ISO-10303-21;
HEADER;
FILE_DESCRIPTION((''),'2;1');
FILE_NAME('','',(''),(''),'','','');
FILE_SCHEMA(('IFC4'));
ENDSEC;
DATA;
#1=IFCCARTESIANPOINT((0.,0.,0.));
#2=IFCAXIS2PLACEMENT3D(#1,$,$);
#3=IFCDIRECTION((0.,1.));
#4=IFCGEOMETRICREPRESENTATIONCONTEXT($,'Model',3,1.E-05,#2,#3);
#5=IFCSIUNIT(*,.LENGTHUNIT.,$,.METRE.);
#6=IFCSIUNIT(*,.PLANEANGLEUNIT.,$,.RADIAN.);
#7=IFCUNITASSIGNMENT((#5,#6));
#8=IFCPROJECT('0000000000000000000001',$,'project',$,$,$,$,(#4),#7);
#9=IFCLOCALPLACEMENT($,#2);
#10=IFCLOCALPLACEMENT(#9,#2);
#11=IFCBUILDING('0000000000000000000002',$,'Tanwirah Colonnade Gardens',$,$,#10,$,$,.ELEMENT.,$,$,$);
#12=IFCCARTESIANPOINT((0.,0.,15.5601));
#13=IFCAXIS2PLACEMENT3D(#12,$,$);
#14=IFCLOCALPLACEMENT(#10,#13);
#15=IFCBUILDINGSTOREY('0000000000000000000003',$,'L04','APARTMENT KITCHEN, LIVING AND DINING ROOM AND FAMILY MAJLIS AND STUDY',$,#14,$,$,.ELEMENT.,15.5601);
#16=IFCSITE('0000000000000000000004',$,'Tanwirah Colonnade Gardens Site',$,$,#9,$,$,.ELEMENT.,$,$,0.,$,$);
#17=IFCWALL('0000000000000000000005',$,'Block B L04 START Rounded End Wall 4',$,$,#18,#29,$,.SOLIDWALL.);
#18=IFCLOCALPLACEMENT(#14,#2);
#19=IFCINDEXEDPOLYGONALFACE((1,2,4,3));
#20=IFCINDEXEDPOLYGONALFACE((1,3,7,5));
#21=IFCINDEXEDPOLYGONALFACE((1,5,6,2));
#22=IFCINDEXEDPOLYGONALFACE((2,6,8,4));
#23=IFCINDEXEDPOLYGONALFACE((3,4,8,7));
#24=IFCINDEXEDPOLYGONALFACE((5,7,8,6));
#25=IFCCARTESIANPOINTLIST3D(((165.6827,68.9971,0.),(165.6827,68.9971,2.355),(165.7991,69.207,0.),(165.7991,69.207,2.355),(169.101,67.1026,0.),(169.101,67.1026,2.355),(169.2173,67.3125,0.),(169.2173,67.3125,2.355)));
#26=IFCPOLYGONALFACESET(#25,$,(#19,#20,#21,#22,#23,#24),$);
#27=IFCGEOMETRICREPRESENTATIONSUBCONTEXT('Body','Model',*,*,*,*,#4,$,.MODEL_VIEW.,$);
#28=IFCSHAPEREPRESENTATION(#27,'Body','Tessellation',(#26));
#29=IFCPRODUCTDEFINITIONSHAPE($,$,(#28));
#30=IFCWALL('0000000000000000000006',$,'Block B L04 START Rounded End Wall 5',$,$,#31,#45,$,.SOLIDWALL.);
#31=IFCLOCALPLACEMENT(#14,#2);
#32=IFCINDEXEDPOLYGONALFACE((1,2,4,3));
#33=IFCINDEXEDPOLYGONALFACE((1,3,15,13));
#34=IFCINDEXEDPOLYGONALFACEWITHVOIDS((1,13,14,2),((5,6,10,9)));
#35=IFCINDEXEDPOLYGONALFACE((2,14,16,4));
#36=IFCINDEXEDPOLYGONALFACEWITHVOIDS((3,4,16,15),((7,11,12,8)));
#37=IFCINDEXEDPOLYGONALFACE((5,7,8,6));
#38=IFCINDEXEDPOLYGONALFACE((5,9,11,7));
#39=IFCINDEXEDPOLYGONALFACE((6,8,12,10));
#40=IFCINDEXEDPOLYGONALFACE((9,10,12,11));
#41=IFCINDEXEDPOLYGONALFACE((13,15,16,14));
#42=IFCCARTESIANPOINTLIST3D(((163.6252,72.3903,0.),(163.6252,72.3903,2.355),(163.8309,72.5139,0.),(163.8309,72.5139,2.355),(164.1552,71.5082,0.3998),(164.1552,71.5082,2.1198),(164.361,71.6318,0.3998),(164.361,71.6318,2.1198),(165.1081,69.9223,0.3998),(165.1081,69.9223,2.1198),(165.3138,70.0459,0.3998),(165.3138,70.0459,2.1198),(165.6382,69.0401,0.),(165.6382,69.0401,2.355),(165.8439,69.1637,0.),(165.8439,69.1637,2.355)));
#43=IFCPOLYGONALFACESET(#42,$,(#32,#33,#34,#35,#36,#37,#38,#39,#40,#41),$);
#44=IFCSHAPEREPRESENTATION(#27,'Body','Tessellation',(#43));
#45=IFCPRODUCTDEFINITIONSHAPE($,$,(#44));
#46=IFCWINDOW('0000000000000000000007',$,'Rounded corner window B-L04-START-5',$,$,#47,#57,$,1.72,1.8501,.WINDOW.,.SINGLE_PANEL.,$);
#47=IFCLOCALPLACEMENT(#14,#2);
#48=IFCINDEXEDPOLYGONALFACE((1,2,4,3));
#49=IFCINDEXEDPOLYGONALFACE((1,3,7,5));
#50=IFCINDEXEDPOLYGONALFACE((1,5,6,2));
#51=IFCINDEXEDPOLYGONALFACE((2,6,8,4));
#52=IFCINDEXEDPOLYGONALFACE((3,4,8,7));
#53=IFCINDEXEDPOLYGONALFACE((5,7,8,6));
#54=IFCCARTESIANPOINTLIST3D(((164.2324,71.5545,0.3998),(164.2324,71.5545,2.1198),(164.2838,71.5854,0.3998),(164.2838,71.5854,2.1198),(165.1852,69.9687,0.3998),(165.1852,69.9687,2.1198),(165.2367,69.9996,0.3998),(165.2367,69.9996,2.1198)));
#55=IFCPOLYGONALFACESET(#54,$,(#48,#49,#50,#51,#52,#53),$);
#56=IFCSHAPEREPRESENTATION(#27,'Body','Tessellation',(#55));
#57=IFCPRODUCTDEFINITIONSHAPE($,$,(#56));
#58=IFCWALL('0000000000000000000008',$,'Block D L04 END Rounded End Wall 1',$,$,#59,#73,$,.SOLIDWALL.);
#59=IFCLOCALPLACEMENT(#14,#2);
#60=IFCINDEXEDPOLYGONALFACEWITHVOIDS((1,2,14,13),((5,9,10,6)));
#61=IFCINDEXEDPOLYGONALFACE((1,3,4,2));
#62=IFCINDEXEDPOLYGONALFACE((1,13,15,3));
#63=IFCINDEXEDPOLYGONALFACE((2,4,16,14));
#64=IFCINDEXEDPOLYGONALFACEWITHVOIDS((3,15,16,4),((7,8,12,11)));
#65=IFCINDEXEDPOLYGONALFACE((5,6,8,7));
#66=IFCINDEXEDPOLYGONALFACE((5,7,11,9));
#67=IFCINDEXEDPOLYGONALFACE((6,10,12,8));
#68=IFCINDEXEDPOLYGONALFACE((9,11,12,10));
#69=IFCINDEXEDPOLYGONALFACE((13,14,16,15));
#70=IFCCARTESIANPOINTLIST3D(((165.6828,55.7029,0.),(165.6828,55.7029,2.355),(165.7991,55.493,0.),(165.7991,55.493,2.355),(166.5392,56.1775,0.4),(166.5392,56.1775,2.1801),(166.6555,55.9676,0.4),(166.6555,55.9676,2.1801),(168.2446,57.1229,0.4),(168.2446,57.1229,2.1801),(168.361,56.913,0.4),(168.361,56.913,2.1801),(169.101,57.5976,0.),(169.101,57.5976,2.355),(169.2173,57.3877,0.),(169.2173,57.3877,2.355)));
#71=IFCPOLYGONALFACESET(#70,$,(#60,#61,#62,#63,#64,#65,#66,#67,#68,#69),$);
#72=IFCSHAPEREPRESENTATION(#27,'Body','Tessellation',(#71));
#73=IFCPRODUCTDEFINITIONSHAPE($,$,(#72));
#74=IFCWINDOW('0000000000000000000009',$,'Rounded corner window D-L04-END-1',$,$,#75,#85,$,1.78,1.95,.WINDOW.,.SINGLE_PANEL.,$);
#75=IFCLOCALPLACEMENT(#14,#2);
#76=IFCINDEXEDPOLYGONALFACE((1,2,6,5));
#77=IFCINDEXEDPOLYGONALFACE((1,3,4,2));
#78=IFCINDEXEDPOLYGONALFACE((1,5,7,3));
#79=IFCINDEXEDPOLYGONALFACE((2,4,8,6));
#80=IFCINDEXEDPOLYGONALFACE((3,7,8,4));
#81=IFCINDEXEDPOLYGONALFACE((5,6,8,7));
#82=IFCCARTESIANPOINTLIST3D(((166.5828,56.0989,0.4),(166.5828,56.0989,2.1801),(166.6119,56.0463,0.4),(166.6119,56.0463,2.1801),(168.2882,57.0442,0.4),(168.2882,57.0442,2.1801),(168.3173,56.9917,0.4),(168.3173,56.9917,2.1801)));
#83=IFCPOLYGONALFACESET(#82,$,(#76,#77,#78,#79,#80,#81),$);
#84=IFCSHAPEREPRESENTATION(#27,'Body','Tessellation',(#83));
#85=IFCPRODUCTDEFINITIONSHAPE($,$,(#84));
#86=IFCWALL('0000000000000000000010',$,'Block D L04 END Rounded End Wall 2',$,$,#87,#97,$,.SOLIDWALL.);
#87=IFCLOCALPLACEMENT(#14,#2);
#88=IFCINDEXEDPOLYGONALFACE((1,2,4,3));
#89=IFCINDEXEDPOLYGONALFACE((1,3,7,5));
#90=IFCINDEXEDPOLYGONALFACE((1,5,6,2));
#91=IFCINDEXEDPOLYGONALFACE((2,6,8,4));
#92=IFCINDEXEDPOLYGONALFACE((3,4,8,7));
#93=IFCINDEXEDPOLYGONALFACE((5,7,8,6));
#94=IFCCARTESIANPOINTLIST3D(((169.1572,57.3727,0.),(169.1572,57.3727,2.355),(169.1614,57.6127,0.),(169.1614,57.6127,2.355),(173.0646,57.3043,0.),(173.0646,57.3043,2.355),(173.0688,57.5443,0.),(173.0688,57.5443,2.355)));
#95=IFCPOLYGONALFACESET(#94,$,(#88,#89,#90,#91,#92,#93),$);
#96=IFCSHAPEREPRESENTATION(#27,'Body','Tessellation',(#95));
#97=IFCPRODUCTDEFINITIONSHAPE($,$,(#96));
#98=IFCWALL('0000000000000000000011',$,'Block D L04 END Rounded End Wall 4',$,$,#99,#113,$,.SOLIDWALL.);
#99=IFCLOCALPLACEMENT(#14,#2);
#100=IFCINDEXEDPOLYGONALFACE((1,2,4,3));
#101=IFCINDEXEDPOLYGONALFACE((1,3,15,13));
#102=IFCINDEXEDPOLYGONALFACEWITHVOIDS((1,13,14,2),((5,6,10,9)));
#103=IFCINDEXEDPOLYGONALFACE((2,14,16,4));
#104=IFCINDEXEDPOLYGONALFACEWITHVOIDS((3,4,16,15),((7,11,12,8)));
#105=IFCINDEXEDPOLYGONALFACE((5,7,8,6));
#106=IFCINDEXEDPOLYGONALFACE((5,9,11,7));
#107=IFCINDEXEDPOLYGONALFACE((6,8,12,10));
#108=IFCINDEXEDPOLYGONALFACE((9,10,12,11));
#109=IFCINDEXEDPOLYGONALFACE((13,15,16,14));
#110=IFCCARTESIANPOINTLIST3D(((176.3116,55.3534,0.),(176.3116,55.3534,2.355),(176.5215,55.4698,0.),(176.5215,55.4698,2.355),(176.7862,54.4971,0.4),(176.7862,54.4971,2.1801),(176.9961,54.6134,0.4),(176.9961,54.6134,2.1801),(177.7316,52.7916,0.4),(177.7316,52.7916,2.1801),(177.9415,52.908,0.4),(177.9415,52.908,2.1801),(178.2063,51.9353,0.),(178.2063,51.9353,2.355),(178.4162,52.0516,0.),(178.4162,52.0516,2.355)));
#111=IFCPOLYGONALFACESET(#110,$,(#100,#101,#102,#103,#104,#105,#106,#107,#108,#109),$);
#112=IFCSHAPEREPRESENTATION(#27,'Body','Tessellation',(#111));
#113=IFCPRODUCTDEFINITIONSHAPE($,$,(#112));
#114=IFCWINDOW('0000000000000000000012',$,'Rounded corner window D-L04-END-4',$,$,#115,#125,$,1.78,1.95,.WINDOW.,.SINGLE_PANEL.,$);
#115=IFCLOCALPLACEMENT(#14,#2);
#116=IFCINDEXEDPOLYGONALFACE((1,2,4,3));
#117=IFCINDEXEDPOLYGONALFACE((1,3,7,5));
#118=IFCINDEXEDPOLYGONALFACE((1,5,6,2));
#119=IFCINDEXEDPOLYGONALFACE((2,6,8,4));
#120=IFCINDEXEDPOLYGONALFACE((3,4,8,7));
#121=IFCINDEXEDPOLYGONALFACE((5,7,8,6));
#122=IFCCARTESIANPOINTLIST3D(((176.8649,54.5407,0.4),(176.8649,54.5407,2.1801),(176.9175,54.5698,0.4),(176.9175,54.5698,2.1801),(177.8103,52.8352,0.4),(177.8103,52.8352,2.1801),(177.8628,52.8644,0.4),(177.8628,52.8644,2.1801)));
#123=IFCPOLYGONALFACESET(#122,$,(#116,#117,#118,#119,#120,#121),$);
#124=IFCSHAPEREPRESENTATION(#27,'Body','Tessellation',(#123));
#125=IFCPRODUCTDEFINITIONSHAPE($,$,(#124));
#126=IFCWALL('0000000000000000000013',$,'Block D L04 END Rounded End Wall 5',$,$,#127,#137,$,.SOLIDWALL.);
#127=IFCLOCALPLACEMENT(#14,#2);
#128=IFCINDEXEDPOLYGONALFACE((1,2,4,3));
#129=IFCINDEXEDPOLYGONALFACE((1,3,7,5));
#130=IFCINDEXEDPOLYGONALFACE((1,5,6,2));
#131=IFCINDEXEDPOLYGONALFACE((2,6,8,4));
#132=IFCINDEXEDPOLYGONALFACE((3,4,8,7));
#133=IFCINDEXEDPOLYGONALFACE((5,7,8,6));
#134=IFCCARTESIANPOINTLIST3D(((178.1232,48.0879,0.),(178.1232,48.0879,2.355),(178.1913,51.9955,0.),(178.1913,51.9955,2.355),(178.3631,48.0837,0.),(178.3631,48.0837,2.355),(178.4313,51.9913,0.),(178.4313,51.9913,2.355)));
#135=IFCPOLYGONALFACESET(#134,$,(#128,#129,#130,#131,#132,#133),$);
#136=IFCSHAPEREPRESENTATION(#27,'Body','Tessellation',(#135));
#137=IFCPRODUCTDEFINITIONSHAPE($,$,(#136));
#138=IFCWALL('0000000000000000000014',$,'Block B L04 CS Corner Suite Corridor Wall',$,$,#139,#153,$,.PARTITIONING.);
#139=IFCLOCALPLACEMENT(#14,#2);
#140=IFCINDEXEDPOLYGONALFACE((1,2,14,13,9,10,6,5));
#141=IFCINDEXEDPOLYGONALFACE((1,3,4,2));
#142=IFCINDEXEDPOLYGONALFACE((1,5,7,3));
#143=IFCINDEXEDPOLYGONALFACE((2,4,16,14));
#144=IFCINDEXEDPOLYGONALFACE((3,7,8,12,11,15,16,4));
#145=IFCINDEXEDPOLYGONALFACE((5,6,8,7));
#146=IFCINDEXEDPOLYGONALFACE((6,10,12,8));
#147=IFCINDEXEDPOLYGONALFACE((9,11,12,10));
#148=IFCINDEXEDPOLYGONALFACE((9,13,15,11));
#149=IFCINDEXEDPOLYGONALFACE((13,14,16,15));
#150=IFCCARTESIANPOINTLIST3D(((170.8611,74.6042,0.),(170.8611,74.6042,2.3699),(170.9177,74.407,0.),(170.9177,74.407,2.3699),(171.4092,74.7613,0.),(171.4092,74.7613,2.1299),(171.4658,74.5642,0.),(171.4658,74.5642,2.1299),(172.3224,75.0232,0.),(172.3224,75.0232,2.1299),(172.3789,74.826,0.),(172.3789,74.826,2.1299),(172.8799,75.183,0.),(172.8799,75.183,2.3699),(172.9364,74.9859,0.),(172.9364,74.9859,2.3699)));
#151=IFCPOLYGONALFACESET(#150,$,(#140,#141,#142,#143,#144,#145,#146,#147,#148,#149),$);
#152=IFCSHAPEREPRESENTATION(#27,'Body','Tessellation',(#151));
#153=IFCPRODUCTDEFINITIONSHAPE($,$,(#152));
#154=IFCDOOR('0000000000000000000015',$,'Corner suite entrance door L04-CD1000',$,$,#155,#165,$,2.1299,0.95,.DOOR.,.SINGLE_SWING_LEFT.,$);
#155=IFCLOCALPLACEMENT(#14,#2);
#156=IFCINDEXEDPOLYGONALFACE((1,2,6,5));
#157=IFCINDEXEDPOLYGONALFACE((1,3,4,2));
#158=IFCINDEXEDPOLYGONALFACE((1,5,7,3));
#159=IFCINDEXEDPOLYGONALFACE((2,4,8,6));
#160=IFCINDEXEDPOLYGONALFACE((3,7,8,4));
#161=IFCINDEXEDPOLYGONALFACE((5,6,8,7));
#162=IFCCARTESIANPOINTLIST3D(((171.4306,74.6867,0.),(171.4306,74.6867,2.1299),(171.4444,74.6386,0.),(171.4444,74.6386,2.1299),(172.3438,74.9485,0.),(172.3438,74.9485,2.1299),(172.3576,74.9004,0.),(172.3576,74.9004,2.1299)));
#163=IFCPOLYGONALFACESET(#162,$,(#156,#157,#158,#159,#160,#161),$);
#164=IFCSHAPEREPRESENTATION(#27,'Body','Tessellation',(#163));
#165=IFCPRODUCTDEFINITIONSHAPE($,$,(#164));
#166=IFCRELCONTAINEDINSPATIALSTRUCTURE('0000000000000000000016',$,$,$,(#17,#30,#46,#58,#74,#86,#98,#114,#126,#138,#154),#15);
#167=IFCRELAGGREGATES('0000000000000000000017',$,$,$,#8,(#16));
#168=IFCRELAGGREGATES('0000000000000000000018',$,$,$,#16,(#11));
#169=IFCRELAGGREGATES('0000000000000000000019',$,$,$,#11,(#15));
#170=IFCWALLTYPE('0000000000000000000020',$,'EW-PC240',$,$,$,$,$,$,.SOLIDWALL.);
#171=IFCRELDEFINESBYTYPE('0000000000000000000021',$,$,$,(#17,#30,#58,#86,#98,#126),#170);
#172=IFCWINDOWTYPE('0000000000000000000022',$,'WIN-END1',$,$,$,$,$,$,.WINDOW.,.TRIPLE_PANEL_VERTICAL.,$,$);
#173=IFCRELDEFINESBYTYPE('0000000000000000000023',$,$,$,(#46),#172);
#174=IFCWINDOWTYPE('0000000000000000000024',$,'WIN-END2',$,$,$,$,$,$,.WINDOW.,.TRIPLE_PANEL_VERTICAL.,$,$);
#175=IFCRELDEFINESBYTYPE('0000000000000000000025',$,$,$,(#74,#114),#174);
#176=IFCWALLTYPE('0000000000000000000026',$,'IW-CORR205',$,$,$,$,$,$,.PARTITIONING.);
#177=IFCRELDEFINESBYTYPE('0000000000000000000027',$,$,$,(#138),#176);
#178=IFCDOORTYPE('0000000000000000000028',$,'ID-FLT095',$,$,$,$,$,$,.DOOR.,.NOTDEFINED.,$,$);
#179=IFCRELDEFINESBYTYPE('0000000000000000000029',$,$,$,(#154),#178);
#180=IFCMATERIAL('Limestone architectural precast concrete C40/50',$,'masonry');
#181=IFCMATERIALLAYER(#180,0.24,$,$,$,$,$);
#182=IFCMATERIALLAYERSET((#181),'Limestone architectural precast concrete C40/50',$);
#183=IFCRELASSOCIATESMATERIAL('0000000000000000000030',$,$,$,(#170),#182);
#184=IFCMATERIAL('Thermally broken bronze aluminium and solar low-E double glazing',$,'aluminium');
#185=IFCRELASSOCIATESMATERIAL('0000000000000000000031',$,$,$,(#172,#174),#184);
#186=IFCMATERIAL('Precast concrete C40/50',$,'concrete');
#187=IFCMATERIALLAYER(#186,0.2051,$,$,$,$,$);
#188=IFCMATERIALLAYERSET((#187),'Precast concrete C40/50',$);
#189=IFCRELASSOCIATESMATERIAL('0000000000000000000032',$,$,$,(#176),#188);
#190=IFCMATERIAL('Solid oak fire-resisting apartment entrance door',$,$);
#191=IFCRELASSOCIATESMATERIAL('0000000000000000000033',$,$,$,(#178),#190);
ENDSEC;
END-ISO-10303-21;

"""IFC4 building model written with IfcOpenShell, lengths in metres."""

from ifc_helpers import new_model, si_unit, direction, frame, frame_2d, origin, place, context, subcontext, project, spatial, rectangle, extrude, material, layer, layer_set, type_object, element, fill, save


model = new_model("IFC4")

# Units and contexts
model_context = context("Model", 3, precision=1e-05, world=origin(), true_north=direction((0.0, 1.0)))
body_context = subcontext(model_context, "Body", "Model", "MODEL_VIEW")
ifc_project = project(units=[si_unit("LENGTHUNIT", "METRE"), si_unit("PLANEANGLEUNIT", "RADIAN")], contexts=[model_context])

# Site, building, storey
site_placement = place(None, origin())
site = spatial("IfcSite", under=ifc_project, at=site_placement, Name="Tanwirah Colonnade Gardens Site", CompositionType="ELEMENT", RefElevation=0.0)
building_placement = place(site_placement, origin())
building = spatial("IfcBuilding", under=site, at=building_placement, Name="Tanwirah Colonnade Gardens", CompositionType="ELEMENT")
storey_placement = place(building_placement, frame((0.0, 0.0, 15.5601)))
storey = spatial("IfcBuildingStorey", under=building, at=storey_placement, Name="L04", Description="APARTMENT KITCHEN, LIVING AND DINING ROOM AND FAMILY MAJLIS AND STUDY", CompositionType="ELEMENT", Elevation=15.5601)

# Shared definitions
ifc_material_1 = material(Name="Precast concrete C40/50", Category="concrete")

# Shared definitions
ifc_material_2 = material(Name="Limestone architectural precast concrete C40/50", Category="masonry")
ifc_layer_1 = layer(ifc_material_2, 0.24)
ifc_layer_set_1 = layer_set([ifc_layer_1], Name="Limestone architectural precast concrete C40/50")
wall_type_1 = type_object("IfcWallType", Name="EW-PC240", PredefinedType="SOLIDWALL", material=ifc_layer_set_1)
ifc_material_3 = material(Name="Thermally broken bronze aluminium and solar low-E double glazing", Category="aluminium")

# Shared definitions
window_type_1 = type_object("IfcWindowType", Name="WIN-END1", PartitioningType="TRIPLE_PANEL_VERTICAL", PredefinedType="WINDOW", material=ifc_material_3)

# Wall
wall_1_placement = place(storey_placement, frame((169.1592, 67.2075, 0.0), z_axis=(0.0, 0.0, 1.0), x_axis=(-0.874643, 0.484768, 0.0)))
element("IfcWall", 1, at=wall_1_placement, inside=storey, type_object=wall_type_1, Name="Block B L04 START Rounded End Wall 4", PredefinedType="SOLIDWALL", context=body_context, shape_type="SweptSolid", body=[
    extrude(rectangle(XDim=3.9082, YDim=0.24, at=frame_2d((1.9541, 0.0))), origin(), (0.0, 0.0, 1.0), 2.355),
])

# Walls, openings, windows
wall_2_placement = place(storey_placement, frame((165.741, 69.1021, 0.0), z_axis=(0.0, 0.0, 1.0), x_axis=(-0.515038, 0.857168, 0.0)))
wall_2 = element("IfcWall", 2, at=wall_2_placement, inside=storey, type_object=wall_type_1, Name="Block B L04 START Rounded End Wall 5", PredefinedType="SOLIDWALL", context=body_context, shape_type="SweptSolid", body=[
    extrude(rectangle(XDim=3.9084, YDim=0.24, at=frame_2d((1.9541, 0.0))), origin(), (0.0, 0.0, 1.0), 2.355),
])
opening_1_placement = place(wall_2_placement, frame((1.0291, 0.0, 0.3999)))
opening_1 = element("IfcOpeningElement", 3, at=opening_1_placement, cuts=wall_2, PredefinedType="OPENING", context=body_context, shape_type="SweptSolid", body=[
    extrude(rectangle(XDim=1.8501, YDim=1.72, at=frame_2d((0.925, 0.8599))), frame((0.0, 0.1299, 0.0), z_axis=(0.0, -1.0, 0.0), x_axis=(1.0, 0.0, 0.0)), (0.0, 0.0, 1.0), 0.26),
])
window_1_placement = place(opening_1_placement, origin())
window_1 = element("IfcWindow", 4, at=window_1_placement, inside=storey, type_object=window_type_1, Name="Rounded corner window B-L04-START-5", OverallHeight=1.72, OverallWidth=1.8501, PartitioningType="SINGLE_PANEL", PredefinedType="WINDOW", context=body_context, shape_type="SweptSolid", body=[
    extrude(rectangle(XDim=1.8501, YDim=1.72, at=frame_2d((0.925, 0.8599))), frame((0.0, 0.03, 0.0), z_axis=(0.0, -1.0, 0.0), x_axis=(1.0, 0.0, 0.0)), (0.0, 0.0, 1.0), 0.0601),
])
fill(opening_1, window_1)
wall_3_placement = place(storey_placement, frame((165.741, 55.5979, 0.0), z_axis=(0.0, 0.0, 1.0), x_axis=(0.874617, 0.484815, 0.0)))
wall_3 = element("IfcWall", 5, at=wall_3_placement, inside=storey, type_object=wall_type_1, Name="Block D L04 END Rounded End Wall 1", PredefinedType="SOLIDWALL", context=body_context, shape_type="SweptSolid", body=[
    extrude(rectangle(XDim=3.9082, YDim=0.24, at=frame_2d((1.9541, 0.0))), origin(), (0.0, 0.0, 1.0), 2.355),
])
opening_2_placement = place(wall_3_placement, frame((0.979, 0.0, 0.3999)))
opening_2 = element("IfcOpeningElement", 6, at=opening_2_placement, cuts=wall_3, PredefinedType="OPENING", context=body_context, shape_type="SweptSolid", body=[
    extrude(rectangle(XDim=1.95, YDim=1.78, at=frame_2d((0.9751, 0.8901))), frame((0.0, 0.1299, 0.0), z_axis=(0.0, -1.0, 0.0), x_axis=(1.0, 0.0, 0.0)), (0.0, 0.0, 1.0), 0.26),
])
window_type_2 = type_object("IfcWindowType", Name="WIN-END2", PartitioningType="TRIPLE_PANEL_VERTICAL", PredefinedType="WINDOW", material=ifc_material_3)
window_2_placement = place(opening_2_placement, origin())
window_2 = element("IfcWindow", 7, at=window_2_placement, inside=storey, type_object=window_type_2, Name="Rounded corner window D-L04-END-1", OverallHeight=1.78, OverallWidth=1.95, PartitioningType="SINGLE_PANEL", PredefinedType="WINDOW", context=body_context, shape_type="SweptSolid", body=[
    extrude(rectangle(XDim=1.95, YDim=1.78, at=frame_2d((0.9751, 0.8901))), frame((0.0, 0.03, 0.0), z_axis=(0.0, -1.0, 0.0), x_axis=(1.0, 0.0, 0.0)), (0.0, 0.0, 1.0), 0.0601),
])
fill(opening_2, window_2)

# Wall
wall_4_placement = place(storey_placement, frame((169.1592, 57.4927, 0.0), z_axis=(0.0, 0.0, 1.0), x_axis=(0.999847, -0.017492, 0.0)))
element("IfcWall", 8, at=wall_4_placement, inside=storey, type_object=wall_type_1, Name="Block D L04 END Rounded End Wall 2", PredefinedType="SOLIDWALL", context=body_context, shape_type="SweptSolid", body=[
    extrude(rectangle(XDim=3.908, YDim=0.24, at=frame_2d((1.9541, 0.0))), origin(), (0.0, 0.0, 1.0), 2.355),
])

# Wall, opening, window
wall_5_placement = place(storey_placement, frame((176.4165, 55.4116, 0.0), z_axis=(0.0, 0.0, 1.0), x_axis=(0.484815, -0.874617, 0.0)))
wall_5 = element("IfcWall", 9, at=wall_5_placement, inside=storey, type_object=wall_type_1, Name="Block D L04 END Rounded End Wall 4", PredefinedType="SOLIDWALL", context=body_context, shape_type="SweptSolid", body=[
    extrude(rectangle(XDim=3.9082, YDim=0.24, at=frame_2d((1.9541, 0.0))), origin(), (0.0, 0.0, 1.0), 2.355),
])
opening_3_placement = place(wall_5_placement, frame((0.979, 0.0, 0.3999)))
opening_3 = element("IfcOpeningElement", 10, at=opening_3_placement, cuts=wall_5, PredefinedType="OPENING", context=body_context, shape_type="SweptSolid", body=[
    extrude(rectangle(XDim=1.95, YDim=1.78, at=frame_2d((0.9751, 0.8901))), frame((0.0, 0.1299, 0.0), z_axis=(0.0, -1.0, 0.0), x_axis=(1.0, 0.0, 0.0)), (0.0, 0.0, 1.0), 0.26),
])
window_3_placement = place(opening_3_placement, origin())
window_3 = element("IfcWindow", 11, at=window_3_placement, inside=storey, type_object=window_type_2, Name="Rounded corner window D-L04-END-4", OverallHeight=1.78, OverallWidth=1.95, PartitioningType="SINGLE_PANEL", PredefinedType="WINDOW", context=body_context, shape_type="SweptSolid", body=[
    extrude(rectangle(XDim=1.95, YDim=1.78, at=frame_2d((0.9751, 0.8901))), frame((0.0, 0.03, 0.0), z_axis=(0.0, -1.0, 0.0), x_axis=(1.0, 0.0, 0.0)), (0.0, 0.0, 1.0), 0.0601),
])
fill(opening_3, window_3)

# Wall
wall_6_placement = place(storey_placement, frame((178.3113, 51.9934, 0.0), z_axis=(0.0, 0.0, 1.0), x_axis=(-0.017428, -0.999848, 0.0)))
element("IfcWall", 12, at=wall_6_placement, inside=storey, type_object=wall_type_1, Name="Block D L04 END Rounded End Wall 5", PredefinedType="SOLIDWALL", context=body_context, shape_type="SweptSolid", body=[
    extrude(rectangle(XDim=3.9082, YDim=0.24, at=frame_2d((1.9541, 0.0))), origin(), (0.0, 0.0, 1.0), 2.355),
])

# Wall, opening, door
ifc_layer_2 = layer(ifc_material_1, 0.2051)
ifc_layer_set_2 = layer_set([ifc_layer_2], Name="Precast concrete C40/50")
wall_type_2 = type_object("IfcWallType", Name="IW-CORR205", PredefinedType="PARTITIONING", material=ifc_layer_set_2)
wall_7_placement = place(storey_placement, frame((170.8894, 74.5056, 0.0), z_axis=(0.0, 0.0, 1.0), x_axis=(0.961265, 0.275627, 0.0)))
wall_7 = element("IfcWall", 13, at=wall_7_placement, inside=storey, type_object=wall_type_2, Name="Block B L04 CS Corner Suite Corridor Wall", PredefinedType="PARTITIONING", context=body_context, shape_type="SweptSolid", body=[
    extrude(rectangle(XDim=2.1001, YDim=0.2051, at=frame_2d((1.05, 0.0))), origin(), (0.0, 0.0, 1.0), 2.3699),
])
opening_4_placement = place(wall_7_placement, frame((0.5701, 0.0, 0.0)))
opening_4 = element("IfcOpeningElement", 14, at=opening_4_placement, cuts=wall_7, PredefinedType="OPENING", context=body_context, shape_type="SweptSolid", body=[
    extrude(rectangle(XDim=0.95, YDim=2.1299, at=frame_2d((0.4751, 1.0649))), frame((0.0, 0.1125, 0.0), z_axis=(0.0, -1.0, 0.0), x_axis=(1.0, 0.0, 0.0)), (0.0, 0.0, 1.0), 0.2251),
])
ifc_material_4 = material(Name="Solid oak fire-resisting apartment entrance door")
door_type = type_object("IfcDoorType", Name="ID-FLT095", OperationType="NOTDEFINED", PredefinedType="DOOR", material=ifc_material_4)
door_placement = place(opening_4_placement, origin())
door = element("IfcDoor", 15, at=door_placement, inside=storey, type_object=door_type, Name="Corner suite entrance door L04-CD1000", OperationType="SINGLE_SWING_LEFT", OverallHeight=2.1299, OverallWidth=0.95, PredefinedType="DOOR", context=body_context, shape_type="SweptSolid", body=[
    extrude(rectangle(XDim=0.95, YDim=2.1299, at=frame_2d((0.4751, 1.0649))), frame((0.0, 0.0249, 0.0), z_axis=(0.0, -1.0, 0.0), x_axis=(1.0, 0.0, 0.0)), (0.0, 0.0, 1.0), 0.05),
])
fill(opening_4, door)

save(model, "model.ifc")
